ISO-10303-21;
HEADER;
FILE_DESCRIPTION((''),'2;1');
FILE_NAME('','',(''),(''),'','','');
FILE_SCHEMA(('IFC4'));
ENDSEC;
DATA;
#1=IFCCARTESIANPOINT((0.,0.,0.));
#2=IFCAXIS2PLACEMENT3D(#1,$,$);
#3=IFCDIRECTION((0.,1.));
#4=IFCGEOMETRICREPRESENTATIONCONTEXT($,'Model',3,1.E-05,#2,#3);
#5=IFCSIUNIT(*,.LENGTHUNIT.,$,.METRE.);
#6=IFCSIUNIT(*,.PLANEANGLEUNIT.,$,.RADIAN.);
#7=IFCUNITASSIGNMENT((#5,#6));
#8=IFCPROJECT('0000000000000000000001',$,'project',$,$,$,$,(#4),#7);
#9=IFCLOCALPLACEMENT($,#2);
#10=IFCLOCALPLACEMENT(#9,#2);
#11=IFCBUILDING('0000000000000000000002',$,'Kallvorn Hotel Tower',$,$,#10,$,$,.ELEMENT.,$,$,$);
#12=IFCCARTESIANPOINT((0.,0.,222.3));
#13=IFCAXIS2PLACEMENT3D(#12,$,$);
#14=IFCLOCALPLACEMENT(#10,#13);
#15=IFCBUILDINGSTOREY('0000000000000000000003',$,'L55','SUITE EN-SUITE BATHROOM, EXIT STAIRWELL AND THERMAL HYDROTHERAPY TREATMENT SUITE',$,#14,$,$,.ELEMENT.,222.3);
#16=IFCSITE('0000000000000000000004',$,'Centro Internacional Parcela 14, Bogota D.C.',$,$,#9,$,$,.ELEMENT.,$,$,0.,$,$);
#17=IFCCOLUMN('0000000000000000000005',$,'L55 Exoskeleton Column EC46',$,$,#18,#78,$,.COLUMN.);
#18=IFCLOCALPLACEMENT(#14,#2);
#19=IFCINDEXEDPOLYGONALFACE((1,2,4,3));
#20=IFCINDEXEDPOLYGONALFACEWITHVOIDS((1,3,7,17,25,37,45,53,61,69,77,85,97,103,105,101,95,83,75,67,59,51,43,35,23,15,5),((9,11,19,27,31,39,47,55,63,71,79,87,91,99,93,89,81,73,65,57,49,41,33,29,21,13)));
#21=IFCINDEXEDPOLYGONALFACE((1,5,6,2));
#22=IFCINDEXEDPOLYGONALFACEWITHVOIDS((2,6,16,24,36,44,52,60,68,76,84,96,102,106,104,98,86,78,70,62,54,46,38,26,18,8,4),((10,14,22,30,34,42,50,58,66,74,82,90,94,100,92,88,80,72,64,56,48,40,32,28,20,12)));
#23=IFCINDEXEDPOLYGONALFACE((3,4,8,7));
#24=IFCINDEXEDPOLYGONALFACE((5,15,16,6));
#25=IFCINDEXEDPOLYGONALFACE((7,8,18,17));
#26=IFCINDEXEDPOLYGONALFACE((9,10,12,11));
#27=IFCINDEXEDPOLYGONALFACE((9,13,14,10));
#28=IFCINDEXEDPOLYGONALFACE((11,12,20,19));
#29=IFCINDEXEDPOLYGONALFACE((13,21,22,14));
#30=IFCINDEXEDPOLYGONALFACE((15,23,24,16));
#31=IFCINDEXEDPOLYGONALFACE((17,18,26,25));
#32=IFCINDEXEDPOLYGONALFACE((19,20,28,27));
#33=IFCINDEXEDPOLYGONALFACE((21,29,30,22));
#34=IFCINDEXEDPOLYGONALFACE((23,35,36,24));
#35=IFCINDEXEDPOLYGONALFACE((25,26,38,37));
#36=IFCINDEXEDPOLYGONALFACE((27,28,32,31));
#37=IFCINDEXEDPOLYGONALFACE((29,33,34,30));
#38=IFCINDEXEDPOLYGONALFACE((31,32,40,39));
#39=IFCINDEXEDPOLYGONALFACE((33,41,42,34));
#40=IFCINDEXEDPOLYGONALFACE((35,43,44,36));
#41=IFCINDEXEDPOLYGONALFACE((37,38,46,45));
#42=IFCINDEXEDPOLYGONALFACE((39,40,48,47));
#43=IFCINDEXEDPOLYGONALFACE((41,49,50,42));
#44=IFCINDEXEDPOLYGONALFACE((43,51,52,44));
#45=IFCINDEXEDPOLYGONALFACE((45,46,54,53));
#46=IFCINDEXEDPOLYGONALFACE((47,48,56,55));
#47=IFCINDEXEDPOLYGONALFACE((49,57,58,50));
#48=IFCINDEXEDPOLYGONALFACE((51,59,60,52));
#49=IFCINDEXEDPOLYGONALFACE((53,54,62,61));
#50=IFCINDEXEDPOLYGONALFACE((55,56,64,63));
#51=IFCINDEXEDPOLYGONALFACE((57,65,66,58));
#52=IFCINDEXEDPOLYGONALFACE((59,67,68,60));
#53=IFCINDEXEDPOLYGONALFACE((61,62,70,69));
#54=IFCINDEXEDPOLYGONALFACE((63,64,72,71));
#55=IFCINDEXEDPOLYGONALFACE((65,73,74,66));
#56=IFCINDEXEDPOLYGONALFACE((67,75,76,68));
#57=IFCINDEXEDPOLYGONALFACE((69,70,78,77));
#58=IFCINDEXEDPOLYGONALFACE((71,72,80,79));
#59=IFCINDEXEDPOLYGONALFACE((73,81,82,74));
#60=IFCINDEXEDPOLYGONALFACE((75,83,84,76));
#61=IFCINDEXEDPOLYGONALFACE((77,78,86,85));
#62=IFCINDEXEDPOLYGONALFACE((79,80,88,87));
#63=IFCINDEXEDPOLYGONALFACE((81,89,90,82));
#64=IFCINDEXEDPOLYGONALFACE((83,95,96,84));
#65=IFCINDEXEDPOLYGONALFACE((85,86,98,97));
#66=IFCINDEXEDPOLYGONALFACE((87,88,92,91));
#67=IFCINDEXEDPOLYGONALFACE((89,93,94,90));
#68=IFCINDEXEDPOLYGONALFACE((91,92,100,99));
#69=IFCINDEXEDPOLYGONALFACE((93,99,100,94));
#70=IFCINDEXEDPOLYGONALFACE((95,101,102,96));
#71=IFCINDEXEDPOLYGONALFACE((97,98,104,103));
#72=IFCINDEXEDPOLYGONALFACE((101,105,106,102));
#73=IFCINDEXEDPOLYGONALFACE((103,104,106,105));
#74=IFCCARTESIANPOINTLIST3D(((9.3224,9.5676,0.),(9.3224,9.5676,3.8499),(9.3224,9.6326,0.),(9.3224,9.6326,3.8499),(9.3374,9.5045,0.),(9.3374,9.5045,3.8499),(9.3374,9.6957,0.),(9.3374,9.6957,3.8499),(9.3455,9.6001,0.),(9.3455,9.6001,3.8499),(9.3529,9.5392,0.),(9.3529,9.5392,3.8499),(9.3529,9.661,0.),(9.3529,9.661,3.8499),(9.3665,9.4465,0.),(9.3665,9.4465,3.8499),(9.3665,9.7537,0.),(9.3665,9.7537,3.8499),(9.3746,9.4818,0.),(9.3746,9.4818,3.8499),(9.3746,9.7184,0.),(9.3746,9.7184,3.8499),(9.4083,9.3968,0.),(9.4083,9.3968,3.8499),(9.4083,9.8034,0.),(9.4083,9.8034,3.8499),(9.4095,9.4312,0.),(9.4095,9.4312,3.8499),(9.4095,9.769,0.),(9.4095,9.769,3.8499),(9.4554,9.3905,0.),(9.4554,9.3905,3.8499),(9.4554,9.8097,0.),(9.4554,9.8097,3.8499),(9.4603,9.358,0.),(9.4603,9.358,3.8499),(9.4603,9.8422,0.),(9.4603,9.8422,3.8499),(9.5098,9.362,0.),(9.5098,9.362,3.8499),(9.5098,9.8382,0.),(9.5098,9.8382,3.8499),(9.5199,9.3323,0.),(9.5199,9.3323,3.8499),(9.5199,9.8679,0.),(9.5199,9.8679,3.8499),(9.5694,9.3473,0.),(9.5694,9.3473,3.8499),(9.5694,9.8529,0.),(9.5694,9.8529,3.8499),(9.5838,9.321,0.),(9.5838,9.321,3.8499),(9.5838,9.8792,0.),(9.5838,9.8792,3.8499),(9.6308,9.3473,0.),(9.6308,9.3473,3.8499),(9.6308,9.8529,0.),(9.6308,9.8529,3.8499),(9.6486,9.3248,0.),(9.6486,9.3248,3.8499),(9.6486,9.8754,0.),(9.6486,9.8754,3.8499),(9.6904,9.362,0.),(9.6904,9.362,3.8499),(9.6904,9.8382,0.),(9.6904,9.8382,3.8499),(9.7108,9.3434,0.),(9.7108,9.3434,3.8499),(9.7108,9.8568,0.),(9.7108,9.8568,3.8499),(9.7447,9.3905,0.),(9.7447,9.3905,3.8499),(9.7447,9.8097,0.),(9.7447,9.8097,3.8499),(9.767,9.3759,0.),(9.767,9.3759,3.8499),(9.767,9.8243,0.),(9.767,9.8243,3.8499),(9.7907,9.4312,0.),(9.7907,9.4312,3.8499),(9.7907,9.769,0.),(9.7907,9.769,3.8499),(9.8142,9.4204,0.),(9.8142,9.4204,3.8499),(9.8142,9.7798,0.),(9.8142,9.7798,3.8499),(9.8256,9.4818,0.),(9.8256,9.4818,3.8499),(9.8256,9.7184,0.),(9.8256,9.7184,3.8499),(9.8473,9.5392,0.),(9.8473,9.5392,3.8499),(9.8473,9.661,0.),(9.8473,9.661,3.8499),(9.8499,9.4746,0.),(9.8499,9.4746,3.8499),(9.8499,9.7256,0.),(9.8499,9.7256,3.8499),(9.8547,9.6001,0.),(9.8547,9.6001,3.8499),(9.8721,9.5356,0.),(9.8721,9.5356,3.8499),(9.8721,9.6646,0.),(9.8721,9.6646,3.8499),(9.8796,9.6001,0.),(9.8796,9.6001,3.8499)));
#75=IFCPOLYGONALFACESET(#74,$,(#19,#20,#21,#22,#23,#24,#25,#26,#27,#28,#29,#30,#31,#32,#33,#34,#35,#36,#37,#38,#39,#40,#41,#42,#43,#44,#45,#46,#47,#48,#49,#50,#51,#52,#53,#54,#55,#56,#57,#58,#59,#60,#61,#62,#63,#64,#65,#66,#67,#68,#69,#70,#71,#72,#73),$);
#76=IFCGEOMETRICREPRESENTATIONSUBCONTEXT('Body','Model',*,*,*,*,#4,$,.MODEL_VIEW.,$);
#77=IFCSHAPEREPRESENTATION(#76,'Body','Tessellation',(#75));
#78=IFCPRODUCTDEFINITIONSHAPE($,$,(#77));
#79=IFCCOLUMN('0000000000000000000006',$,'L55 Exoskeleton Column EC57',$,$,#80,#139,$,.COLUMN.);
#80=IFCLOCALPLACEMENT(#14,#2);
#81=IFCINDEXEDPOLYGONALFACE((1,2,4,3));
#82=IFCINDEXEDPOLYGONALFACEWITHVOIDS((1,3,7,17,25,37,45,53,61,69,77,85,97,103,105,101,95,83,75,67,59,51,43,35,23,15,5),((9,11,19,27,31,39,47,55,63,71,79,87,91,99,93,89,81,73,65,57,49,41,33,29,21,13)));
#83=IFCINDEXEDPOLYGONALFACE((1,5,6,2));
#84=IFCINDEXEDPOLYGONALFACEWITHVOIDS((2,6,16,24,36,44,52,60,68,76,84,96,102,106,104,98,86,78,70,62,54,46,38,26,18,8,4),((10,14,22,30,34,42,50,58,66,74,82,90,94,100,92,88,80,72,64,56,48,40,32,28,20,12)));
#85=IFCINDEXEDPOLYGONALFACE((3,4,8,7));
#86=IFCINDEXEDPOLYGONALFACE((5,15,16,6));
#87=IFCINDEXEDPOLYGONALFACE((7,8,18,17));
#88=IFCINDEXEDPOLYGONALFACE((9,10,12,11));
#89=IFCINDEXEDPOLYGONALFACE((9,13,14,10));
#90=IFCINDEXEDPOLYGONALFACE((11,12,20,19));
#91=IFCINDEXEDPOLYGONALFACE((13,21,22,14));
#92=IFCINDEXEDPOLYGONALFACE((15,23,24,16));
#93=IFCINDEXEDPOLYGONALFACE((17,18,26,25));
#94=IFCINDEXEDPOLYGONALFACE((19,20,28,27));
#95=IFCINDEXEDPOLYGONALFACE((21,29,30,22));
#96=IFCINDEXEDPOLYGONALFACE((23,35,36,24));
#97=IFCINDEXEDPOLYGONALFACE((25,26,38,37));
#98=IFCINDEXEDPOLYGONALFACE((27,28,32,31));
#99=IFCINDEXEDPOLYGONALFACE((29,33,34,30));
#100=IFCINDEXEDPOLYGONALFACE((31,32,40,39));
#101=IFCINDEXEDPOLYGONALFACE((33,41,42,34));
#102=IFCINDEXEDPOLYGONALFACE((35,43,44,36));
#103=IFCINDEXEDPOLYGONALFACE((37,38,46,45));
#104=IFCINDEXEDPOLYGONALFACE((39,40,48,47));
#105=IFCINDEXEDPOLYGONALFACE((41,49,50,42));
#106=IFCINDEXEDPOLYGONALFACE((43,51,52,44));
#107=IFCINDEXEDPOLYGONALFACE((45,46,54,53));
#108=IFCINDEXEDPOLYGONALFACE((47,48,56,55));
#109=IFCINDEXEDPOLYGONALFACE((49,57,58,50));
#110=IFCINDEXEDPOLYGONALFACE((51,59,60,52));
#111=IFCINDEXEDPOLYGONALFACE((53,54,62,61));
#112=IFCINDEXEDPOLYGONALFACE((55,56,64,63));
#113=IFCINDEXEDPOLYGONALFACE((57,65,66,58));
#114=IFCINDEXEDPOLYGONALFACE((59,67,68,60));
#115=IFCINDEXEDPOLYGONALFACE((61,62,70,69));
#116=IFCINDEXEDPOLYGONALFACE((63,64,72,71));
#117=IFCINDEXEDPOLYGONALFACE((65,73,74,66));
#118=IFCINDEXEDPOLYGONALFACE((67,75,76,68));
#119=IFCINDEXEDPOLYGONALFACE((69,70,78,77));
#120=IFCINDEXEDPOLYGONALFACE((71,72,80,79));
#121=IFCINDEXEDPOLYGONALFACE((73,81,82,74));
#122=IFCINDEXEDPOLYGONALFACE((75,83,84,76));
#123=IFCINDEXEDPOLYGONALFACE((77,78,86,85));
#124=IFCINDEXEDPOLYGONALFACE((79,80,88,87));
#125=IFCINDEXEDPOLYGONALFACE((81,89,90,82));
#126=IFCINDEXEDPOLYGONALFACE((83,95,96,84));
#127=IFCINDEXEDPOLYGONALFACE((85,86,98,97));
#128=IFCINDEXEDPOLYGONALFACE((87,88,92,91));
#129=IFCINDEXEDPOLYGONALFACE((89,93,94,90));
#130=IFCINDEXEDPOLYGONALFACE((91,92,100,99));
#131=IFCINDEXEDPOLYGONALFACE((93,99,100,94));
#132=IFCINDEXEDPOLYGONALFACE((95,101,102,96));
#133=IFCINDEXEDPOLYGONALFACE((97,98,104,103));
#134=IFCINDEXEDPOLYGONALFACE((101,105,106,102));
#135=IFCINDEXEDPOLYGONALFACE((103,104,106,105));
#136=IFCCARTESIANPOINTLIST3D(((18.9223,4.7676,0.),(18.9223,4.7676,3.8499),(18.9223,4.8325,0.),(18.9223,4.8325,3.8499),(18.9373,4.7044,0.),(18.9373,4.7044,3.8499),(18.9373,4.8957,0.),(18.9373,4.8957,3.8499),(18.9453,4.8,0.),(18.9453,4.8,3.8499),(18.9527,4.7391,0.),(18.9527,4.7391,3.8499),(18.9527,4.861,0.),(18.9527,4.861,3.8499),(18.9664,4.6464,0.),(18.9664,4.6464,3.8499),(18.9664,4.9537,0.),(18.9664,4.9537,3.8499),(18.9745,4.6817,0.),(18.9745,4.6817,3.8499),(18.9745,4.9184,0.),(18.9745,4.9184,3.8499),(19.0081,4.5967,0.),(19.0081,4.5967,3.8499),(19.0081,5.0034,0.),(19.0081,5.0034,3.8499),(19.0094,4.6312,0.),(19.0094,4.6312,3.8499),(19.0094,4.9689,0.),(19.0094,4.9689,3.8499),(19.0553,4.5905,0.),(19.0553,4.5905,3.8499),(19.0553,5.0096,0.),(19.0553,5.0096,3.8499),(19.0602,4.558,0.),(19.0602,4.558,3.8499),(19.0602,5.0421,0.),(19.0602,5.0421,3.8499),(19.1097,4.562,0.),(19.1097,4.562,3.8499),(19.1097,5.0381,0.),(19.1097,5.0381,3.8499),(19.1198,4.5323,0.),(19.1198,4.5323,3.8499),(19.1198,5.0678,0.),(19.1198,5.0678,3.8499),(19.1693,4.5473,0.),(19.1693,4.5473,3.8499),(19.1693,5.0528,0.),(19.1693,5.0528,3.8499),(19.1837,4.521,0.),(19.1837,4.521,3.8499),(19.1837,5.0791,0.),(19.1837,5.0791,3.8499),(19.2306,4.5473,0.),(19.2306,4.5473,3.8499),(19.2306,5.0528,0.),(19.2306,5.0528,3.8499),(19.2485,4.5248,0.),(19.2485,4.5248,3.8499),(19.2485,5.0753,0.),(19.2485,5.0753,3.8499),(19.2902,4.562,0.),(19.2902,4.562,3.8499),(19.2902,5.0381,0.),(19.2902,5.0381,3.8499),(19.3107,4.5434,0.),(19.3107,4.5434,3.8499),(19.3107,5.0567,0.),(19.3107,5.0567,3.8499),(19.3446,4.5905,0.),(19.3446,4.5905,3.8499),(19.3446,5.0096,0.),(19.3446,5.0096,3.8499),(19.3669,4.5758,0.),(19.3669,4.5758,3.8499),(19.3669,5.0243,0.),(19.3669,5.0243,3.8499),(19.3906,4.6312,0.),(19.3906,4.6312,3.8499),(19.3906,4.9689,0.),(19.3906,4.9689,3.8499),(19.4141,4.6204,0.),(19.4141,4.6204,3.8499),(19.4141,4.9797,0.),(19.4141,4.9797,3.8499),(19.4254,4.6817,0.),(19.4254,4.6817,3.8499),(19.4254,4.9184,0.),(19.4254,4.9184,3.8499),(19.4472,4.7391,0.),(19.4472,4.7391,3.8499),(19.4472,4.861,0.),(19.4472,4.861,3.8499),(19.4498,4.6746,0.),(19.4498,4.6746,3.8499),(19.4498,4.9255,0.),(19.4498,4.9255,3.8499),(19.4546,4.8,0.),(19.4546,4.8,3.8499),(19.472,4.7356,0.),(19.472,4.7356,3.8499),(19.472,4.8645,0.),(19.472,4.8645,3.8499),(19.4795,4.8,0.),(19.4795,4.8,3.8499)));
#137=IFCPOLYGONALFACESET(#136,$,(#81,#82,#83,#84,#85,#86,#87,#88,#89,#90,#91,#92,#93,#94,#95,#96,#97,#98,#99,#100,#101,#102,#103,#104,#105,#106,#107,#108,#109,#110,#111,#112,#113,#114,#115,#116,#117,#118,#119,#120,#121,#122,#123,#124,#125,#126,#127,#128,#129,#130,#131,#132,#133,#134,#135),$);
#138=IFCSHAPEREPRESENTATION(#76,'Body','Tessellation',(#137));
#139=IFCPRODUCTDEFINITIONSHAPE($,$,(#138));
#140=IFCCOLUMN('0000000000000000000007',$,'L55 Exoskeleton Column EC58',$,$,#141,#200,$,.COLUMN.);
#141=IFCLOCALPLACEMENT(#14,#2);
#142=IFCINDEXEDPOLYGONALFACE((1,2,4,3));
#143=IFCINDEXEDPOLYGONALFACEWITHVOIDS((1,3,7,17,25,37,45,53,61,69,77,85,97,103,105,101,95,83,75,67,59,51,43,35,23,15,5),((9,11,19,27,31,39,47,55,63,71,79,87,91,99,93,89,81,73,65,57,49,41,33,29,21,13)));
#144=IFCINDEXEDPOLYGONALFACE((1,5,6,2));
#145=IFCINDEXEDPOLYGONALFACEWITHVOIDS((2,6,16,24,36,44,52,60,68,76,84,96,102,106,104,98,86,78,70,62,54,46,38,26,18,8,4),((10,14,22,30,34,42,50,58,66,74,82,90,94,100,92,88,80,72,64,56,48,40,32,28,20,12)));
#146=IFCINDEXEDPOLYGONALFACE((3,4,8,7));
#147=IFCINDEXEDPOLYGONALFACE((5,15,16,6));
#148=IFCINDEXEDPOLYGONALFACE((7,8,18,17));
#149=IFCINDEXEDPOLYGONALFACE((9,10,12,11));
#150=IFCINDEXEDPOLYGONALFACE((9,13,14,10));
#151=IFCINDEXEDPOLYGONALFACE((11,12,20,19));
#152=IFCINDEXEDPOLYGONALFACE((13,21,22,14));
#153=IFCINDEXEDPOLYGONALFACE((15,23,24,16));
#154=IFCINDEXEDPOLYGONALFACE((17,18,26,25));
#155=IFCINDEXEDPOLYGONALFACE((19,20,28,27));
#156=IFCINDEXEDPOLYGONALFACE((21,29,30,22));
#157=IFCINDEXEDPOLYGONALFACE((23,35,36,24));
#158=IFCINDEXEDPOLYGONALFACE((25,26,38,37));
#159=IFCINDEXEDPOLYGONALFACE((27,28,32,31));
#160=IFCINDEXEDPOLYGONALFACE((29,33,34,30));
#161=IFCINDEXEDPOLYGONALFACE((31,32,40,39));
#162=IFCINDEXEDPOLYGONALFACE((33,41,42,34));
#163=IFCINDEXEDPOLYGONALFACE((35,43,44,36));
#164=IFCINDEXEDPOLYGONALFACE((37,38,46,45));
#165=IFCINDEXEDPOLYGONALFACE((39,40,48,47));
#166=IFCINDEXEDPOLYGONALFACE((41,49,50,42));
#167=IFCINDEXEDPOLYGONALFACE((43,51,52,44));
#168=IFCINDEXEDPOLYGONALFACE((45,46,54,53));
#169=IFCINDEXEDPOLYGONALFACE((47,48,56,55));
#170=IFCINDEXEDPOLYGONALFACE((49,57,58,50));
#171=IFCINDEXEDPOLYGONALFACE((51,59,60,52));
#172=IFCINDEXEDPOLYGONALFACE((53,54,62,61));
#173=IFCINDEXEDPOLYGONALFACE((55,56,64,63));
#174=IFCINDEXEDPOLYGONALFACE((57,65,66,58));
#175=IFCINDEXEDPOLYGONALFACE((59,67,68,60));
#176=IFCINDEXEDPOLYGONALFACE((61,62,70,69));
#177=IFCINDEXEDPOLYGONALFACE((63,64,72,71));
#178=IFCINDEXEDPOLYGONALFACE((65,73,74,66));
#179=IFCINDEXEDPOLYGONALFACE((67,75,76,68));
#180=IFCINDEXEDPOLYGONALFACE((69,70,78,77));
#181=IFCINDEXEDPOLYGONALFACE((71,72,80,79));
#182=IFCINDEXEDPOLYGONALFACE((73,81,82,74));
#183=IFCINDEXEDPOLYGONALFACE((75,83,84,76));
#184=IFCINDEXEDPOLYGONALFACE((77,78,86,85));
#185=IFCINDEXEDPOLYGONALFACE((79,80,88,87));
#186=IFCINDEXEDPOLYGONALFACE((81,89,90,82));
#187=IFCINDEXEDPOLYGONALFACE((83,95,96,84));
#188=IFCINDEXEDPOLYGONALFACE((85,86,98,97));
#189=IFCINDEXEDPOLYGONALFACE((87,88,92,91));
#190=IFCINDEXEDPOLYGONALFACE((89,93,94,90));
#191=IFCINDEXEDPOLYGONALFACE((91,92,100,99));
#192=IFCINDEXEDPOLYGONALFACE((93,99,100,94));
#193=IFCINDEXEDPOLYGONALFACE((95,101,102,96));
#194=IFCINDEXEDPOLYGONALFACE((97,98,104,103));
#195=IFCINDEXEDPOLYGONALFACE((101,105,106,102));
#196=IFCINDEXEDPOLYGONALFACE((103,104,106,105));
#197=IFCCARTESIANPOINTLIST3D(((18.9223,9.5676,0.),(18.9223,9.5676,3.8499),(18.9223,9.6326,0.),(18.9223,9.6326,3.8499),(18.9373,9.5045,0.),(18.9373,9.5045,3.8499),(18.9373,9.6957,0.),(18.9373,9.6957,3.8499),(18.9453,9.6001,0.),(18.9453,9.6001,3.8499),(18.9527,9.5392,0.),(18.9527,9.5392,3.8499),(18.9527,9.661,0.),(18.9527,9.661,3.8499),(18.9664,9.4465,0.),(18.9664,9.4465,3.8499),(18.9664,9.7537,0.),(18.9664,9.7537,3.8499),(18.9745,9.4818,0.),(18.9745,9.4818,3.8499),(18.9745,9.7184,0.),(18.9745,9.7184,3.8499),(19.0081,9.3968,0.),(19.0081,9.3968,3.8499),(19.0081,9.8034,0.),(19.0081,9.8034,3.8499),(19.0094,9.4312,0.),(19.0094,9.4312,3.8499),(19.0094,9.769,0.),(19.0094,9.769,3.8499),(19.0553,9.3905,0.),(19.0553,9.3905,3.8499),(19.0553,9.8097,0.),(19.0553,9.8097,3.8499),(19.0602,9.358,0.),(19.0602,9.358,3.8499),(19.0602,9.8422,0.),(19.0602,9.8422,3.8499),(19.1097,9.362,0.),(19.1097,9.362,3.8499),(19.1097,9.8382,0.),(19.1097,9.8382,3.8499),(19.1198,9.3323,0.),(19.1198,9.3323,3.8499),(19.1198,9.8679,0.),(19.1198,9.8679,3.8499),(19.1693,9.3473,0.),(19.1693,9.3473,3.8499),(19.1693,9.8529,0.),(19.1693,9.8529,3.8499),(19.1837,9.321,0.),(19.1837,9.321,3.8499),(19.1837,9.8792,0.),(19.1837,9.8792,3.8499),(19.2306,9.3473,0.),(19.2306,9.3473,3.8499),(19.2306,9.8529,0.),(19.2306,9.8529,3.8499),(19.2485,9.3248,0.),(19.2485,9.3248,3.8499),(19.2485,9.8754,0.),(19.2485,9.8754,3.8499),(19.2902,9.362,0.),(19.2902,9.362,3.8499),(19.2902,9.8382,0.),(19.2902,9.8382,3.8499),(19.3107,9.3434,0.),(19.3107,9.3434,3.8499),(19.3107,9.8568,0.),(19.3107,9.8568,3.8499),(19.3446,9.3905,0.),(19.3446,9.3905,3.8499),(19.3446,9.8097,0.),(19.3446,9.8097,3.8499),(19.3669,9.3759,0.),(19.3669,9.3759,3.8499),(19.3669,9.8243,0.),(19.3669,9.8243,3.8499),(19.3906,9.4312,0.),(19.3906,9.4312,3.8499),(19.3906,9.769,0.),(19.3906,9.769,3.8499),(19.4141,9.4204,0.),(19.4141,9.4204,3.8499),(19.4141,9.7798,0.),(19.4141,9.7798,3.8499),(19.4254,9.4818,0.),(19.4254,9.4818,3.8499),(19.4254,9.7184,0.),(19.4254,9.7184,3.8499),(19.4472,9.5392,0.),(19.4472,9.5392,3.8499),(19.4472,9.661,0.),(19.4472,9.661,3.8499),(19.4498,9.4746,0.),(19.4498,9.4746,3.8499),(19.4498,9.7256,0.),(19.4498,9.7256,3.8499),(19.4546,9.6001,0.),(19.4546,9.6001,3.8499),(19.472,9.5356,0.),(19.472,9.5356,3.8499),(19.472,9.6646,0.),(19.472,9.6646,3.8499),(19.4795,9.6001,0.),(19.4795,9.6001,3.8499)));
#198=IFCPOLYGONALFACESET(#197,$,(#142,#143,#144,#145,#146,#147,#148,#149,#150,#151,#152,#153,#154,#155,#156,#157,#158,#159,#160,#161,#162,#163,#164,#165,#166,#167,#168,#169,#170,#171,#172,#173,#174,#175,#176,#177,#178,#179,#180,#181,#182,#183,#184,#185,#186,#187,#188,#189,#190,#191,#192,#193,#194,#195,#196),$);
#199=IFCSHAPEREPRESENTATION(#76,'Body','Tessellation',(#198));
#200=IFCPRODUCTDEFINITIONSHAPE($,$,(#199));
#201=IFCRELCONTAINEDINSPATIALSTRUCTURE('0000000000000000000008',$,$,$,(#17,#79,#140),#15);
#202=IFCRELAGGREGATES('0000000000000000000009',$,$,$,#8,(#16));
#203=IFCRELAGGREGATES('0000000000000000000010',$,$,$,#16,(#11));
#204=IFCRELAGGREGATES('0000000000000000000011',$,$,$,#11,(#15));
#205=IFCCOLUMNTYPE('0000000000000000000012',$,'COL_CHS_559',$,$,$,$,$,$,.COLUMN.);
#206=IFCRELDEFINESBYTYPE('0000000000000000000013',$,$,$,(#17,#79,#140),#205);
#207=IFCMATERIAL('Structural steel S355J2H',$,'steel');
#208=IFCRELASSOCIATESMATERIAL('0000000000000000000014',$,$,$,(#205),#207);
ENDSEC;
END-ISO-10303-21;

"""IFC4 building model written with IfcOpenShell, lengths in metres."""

from ifc_helpers import new_model, si_unit, direction, frame, origin, origin_2d, place, context, subcontext, project, spatial, hollow_circle, extrude, material, material_profile, profile_set, type_object, element, save


model = new_model("IFC4")

# Units and contexts
model_context = context("Model", 3, precision=1e-05, world=origin(), true_north=direction((0.0, 1.0)))
body_context = subcontext(model_context, "Body", "Model", "MODEL_VIEW")
ifc_project = project(units=[si_unit("LENGTHUNIT", "METRE"), si_unit("PLANEANGLEUNIT", "RADIAN")], contexts=[model_context])

# Site, building, storey
site_placement = place(None, origin())
site = spatial("IfcSite", under=ifc_project, at=site_placement, Name="Centro Internacional Parcela 14, Bogota D.C.", CompositionType="ELEMENT", RefElevation=0.0)
building_placement = place(site_placement, origin())
building = spatial("IfcBuilding", under=site, at=building_placement, Name="Kallvorn Hotel Tower", CompositionType="ELEMENT")
storey_placement = place(building_placement, frame((0.0, 0.0, 222.3)))
storey = spatial("IfcBuildingStorey", under=building, at=storey_placement, Name="L55", Description="SUITE EN-SUITE BATHROOM, EXIT STAIRWELL AND THERMAL HYDROTHERAPY TREATMENT SUITE", CompositionType="ELEMENT", Elevation=222.3)

# Columns
ifc_material_1 = material(Name="Structural steel S355J2H", Category="steel")
ifc_material_profile_1 = material_profile(ifc_material_1, hollow_circle(Radius=0.2795, WallThickness=0.0249, at=origin_2d()), Name="CHS 559x25")
ifc_profile_set_1 = profile_set([ifc_material_profile_1], Name="Structural steel S355J2H")
column_type_1 = type_object("IfcColumnType", Name="COL_CHS_559", PredefinedType="COLUMN", material=ifc_profile_set_1)
for number, where, z_axis, x_axis, name in (
    (1, (9.6001, 9.6001, 0.0), (0.0, 0.0, 1.0), (1.0, 0.0, 0.0), "L55 Exoskeleton Column EC46"),
    (2, (19.2, 4.8, 0.0), (0.0, 0.0, 1.0), (1.0, 0.0, 0.0), "L55 Exoskeleton Column EC57"),
    (3, (19.2, 9.6001, 0.0), (0.0, 0.0, 1.0), (1.0, 0.0, 0.0), "L55 Exoskeleton Column EC58"),
):
    element("IfcColumn", number, at=place(storey_placement, frame(where, z_axis=z_axis, x_axis=x_axis)), inside=storey, type_object=column_type_1, Name=name, PredefinedType="COLUMN", context=body_context, shape_type="SweptSolid", body=[
        extrude(hollow_circle(Radius=0.2795, WallThickness=0.0249, at=origin_2d()), origin(), (0.0, 0.0, 1.0), 3.8499),
    ])

save(model, "model.ifc")
